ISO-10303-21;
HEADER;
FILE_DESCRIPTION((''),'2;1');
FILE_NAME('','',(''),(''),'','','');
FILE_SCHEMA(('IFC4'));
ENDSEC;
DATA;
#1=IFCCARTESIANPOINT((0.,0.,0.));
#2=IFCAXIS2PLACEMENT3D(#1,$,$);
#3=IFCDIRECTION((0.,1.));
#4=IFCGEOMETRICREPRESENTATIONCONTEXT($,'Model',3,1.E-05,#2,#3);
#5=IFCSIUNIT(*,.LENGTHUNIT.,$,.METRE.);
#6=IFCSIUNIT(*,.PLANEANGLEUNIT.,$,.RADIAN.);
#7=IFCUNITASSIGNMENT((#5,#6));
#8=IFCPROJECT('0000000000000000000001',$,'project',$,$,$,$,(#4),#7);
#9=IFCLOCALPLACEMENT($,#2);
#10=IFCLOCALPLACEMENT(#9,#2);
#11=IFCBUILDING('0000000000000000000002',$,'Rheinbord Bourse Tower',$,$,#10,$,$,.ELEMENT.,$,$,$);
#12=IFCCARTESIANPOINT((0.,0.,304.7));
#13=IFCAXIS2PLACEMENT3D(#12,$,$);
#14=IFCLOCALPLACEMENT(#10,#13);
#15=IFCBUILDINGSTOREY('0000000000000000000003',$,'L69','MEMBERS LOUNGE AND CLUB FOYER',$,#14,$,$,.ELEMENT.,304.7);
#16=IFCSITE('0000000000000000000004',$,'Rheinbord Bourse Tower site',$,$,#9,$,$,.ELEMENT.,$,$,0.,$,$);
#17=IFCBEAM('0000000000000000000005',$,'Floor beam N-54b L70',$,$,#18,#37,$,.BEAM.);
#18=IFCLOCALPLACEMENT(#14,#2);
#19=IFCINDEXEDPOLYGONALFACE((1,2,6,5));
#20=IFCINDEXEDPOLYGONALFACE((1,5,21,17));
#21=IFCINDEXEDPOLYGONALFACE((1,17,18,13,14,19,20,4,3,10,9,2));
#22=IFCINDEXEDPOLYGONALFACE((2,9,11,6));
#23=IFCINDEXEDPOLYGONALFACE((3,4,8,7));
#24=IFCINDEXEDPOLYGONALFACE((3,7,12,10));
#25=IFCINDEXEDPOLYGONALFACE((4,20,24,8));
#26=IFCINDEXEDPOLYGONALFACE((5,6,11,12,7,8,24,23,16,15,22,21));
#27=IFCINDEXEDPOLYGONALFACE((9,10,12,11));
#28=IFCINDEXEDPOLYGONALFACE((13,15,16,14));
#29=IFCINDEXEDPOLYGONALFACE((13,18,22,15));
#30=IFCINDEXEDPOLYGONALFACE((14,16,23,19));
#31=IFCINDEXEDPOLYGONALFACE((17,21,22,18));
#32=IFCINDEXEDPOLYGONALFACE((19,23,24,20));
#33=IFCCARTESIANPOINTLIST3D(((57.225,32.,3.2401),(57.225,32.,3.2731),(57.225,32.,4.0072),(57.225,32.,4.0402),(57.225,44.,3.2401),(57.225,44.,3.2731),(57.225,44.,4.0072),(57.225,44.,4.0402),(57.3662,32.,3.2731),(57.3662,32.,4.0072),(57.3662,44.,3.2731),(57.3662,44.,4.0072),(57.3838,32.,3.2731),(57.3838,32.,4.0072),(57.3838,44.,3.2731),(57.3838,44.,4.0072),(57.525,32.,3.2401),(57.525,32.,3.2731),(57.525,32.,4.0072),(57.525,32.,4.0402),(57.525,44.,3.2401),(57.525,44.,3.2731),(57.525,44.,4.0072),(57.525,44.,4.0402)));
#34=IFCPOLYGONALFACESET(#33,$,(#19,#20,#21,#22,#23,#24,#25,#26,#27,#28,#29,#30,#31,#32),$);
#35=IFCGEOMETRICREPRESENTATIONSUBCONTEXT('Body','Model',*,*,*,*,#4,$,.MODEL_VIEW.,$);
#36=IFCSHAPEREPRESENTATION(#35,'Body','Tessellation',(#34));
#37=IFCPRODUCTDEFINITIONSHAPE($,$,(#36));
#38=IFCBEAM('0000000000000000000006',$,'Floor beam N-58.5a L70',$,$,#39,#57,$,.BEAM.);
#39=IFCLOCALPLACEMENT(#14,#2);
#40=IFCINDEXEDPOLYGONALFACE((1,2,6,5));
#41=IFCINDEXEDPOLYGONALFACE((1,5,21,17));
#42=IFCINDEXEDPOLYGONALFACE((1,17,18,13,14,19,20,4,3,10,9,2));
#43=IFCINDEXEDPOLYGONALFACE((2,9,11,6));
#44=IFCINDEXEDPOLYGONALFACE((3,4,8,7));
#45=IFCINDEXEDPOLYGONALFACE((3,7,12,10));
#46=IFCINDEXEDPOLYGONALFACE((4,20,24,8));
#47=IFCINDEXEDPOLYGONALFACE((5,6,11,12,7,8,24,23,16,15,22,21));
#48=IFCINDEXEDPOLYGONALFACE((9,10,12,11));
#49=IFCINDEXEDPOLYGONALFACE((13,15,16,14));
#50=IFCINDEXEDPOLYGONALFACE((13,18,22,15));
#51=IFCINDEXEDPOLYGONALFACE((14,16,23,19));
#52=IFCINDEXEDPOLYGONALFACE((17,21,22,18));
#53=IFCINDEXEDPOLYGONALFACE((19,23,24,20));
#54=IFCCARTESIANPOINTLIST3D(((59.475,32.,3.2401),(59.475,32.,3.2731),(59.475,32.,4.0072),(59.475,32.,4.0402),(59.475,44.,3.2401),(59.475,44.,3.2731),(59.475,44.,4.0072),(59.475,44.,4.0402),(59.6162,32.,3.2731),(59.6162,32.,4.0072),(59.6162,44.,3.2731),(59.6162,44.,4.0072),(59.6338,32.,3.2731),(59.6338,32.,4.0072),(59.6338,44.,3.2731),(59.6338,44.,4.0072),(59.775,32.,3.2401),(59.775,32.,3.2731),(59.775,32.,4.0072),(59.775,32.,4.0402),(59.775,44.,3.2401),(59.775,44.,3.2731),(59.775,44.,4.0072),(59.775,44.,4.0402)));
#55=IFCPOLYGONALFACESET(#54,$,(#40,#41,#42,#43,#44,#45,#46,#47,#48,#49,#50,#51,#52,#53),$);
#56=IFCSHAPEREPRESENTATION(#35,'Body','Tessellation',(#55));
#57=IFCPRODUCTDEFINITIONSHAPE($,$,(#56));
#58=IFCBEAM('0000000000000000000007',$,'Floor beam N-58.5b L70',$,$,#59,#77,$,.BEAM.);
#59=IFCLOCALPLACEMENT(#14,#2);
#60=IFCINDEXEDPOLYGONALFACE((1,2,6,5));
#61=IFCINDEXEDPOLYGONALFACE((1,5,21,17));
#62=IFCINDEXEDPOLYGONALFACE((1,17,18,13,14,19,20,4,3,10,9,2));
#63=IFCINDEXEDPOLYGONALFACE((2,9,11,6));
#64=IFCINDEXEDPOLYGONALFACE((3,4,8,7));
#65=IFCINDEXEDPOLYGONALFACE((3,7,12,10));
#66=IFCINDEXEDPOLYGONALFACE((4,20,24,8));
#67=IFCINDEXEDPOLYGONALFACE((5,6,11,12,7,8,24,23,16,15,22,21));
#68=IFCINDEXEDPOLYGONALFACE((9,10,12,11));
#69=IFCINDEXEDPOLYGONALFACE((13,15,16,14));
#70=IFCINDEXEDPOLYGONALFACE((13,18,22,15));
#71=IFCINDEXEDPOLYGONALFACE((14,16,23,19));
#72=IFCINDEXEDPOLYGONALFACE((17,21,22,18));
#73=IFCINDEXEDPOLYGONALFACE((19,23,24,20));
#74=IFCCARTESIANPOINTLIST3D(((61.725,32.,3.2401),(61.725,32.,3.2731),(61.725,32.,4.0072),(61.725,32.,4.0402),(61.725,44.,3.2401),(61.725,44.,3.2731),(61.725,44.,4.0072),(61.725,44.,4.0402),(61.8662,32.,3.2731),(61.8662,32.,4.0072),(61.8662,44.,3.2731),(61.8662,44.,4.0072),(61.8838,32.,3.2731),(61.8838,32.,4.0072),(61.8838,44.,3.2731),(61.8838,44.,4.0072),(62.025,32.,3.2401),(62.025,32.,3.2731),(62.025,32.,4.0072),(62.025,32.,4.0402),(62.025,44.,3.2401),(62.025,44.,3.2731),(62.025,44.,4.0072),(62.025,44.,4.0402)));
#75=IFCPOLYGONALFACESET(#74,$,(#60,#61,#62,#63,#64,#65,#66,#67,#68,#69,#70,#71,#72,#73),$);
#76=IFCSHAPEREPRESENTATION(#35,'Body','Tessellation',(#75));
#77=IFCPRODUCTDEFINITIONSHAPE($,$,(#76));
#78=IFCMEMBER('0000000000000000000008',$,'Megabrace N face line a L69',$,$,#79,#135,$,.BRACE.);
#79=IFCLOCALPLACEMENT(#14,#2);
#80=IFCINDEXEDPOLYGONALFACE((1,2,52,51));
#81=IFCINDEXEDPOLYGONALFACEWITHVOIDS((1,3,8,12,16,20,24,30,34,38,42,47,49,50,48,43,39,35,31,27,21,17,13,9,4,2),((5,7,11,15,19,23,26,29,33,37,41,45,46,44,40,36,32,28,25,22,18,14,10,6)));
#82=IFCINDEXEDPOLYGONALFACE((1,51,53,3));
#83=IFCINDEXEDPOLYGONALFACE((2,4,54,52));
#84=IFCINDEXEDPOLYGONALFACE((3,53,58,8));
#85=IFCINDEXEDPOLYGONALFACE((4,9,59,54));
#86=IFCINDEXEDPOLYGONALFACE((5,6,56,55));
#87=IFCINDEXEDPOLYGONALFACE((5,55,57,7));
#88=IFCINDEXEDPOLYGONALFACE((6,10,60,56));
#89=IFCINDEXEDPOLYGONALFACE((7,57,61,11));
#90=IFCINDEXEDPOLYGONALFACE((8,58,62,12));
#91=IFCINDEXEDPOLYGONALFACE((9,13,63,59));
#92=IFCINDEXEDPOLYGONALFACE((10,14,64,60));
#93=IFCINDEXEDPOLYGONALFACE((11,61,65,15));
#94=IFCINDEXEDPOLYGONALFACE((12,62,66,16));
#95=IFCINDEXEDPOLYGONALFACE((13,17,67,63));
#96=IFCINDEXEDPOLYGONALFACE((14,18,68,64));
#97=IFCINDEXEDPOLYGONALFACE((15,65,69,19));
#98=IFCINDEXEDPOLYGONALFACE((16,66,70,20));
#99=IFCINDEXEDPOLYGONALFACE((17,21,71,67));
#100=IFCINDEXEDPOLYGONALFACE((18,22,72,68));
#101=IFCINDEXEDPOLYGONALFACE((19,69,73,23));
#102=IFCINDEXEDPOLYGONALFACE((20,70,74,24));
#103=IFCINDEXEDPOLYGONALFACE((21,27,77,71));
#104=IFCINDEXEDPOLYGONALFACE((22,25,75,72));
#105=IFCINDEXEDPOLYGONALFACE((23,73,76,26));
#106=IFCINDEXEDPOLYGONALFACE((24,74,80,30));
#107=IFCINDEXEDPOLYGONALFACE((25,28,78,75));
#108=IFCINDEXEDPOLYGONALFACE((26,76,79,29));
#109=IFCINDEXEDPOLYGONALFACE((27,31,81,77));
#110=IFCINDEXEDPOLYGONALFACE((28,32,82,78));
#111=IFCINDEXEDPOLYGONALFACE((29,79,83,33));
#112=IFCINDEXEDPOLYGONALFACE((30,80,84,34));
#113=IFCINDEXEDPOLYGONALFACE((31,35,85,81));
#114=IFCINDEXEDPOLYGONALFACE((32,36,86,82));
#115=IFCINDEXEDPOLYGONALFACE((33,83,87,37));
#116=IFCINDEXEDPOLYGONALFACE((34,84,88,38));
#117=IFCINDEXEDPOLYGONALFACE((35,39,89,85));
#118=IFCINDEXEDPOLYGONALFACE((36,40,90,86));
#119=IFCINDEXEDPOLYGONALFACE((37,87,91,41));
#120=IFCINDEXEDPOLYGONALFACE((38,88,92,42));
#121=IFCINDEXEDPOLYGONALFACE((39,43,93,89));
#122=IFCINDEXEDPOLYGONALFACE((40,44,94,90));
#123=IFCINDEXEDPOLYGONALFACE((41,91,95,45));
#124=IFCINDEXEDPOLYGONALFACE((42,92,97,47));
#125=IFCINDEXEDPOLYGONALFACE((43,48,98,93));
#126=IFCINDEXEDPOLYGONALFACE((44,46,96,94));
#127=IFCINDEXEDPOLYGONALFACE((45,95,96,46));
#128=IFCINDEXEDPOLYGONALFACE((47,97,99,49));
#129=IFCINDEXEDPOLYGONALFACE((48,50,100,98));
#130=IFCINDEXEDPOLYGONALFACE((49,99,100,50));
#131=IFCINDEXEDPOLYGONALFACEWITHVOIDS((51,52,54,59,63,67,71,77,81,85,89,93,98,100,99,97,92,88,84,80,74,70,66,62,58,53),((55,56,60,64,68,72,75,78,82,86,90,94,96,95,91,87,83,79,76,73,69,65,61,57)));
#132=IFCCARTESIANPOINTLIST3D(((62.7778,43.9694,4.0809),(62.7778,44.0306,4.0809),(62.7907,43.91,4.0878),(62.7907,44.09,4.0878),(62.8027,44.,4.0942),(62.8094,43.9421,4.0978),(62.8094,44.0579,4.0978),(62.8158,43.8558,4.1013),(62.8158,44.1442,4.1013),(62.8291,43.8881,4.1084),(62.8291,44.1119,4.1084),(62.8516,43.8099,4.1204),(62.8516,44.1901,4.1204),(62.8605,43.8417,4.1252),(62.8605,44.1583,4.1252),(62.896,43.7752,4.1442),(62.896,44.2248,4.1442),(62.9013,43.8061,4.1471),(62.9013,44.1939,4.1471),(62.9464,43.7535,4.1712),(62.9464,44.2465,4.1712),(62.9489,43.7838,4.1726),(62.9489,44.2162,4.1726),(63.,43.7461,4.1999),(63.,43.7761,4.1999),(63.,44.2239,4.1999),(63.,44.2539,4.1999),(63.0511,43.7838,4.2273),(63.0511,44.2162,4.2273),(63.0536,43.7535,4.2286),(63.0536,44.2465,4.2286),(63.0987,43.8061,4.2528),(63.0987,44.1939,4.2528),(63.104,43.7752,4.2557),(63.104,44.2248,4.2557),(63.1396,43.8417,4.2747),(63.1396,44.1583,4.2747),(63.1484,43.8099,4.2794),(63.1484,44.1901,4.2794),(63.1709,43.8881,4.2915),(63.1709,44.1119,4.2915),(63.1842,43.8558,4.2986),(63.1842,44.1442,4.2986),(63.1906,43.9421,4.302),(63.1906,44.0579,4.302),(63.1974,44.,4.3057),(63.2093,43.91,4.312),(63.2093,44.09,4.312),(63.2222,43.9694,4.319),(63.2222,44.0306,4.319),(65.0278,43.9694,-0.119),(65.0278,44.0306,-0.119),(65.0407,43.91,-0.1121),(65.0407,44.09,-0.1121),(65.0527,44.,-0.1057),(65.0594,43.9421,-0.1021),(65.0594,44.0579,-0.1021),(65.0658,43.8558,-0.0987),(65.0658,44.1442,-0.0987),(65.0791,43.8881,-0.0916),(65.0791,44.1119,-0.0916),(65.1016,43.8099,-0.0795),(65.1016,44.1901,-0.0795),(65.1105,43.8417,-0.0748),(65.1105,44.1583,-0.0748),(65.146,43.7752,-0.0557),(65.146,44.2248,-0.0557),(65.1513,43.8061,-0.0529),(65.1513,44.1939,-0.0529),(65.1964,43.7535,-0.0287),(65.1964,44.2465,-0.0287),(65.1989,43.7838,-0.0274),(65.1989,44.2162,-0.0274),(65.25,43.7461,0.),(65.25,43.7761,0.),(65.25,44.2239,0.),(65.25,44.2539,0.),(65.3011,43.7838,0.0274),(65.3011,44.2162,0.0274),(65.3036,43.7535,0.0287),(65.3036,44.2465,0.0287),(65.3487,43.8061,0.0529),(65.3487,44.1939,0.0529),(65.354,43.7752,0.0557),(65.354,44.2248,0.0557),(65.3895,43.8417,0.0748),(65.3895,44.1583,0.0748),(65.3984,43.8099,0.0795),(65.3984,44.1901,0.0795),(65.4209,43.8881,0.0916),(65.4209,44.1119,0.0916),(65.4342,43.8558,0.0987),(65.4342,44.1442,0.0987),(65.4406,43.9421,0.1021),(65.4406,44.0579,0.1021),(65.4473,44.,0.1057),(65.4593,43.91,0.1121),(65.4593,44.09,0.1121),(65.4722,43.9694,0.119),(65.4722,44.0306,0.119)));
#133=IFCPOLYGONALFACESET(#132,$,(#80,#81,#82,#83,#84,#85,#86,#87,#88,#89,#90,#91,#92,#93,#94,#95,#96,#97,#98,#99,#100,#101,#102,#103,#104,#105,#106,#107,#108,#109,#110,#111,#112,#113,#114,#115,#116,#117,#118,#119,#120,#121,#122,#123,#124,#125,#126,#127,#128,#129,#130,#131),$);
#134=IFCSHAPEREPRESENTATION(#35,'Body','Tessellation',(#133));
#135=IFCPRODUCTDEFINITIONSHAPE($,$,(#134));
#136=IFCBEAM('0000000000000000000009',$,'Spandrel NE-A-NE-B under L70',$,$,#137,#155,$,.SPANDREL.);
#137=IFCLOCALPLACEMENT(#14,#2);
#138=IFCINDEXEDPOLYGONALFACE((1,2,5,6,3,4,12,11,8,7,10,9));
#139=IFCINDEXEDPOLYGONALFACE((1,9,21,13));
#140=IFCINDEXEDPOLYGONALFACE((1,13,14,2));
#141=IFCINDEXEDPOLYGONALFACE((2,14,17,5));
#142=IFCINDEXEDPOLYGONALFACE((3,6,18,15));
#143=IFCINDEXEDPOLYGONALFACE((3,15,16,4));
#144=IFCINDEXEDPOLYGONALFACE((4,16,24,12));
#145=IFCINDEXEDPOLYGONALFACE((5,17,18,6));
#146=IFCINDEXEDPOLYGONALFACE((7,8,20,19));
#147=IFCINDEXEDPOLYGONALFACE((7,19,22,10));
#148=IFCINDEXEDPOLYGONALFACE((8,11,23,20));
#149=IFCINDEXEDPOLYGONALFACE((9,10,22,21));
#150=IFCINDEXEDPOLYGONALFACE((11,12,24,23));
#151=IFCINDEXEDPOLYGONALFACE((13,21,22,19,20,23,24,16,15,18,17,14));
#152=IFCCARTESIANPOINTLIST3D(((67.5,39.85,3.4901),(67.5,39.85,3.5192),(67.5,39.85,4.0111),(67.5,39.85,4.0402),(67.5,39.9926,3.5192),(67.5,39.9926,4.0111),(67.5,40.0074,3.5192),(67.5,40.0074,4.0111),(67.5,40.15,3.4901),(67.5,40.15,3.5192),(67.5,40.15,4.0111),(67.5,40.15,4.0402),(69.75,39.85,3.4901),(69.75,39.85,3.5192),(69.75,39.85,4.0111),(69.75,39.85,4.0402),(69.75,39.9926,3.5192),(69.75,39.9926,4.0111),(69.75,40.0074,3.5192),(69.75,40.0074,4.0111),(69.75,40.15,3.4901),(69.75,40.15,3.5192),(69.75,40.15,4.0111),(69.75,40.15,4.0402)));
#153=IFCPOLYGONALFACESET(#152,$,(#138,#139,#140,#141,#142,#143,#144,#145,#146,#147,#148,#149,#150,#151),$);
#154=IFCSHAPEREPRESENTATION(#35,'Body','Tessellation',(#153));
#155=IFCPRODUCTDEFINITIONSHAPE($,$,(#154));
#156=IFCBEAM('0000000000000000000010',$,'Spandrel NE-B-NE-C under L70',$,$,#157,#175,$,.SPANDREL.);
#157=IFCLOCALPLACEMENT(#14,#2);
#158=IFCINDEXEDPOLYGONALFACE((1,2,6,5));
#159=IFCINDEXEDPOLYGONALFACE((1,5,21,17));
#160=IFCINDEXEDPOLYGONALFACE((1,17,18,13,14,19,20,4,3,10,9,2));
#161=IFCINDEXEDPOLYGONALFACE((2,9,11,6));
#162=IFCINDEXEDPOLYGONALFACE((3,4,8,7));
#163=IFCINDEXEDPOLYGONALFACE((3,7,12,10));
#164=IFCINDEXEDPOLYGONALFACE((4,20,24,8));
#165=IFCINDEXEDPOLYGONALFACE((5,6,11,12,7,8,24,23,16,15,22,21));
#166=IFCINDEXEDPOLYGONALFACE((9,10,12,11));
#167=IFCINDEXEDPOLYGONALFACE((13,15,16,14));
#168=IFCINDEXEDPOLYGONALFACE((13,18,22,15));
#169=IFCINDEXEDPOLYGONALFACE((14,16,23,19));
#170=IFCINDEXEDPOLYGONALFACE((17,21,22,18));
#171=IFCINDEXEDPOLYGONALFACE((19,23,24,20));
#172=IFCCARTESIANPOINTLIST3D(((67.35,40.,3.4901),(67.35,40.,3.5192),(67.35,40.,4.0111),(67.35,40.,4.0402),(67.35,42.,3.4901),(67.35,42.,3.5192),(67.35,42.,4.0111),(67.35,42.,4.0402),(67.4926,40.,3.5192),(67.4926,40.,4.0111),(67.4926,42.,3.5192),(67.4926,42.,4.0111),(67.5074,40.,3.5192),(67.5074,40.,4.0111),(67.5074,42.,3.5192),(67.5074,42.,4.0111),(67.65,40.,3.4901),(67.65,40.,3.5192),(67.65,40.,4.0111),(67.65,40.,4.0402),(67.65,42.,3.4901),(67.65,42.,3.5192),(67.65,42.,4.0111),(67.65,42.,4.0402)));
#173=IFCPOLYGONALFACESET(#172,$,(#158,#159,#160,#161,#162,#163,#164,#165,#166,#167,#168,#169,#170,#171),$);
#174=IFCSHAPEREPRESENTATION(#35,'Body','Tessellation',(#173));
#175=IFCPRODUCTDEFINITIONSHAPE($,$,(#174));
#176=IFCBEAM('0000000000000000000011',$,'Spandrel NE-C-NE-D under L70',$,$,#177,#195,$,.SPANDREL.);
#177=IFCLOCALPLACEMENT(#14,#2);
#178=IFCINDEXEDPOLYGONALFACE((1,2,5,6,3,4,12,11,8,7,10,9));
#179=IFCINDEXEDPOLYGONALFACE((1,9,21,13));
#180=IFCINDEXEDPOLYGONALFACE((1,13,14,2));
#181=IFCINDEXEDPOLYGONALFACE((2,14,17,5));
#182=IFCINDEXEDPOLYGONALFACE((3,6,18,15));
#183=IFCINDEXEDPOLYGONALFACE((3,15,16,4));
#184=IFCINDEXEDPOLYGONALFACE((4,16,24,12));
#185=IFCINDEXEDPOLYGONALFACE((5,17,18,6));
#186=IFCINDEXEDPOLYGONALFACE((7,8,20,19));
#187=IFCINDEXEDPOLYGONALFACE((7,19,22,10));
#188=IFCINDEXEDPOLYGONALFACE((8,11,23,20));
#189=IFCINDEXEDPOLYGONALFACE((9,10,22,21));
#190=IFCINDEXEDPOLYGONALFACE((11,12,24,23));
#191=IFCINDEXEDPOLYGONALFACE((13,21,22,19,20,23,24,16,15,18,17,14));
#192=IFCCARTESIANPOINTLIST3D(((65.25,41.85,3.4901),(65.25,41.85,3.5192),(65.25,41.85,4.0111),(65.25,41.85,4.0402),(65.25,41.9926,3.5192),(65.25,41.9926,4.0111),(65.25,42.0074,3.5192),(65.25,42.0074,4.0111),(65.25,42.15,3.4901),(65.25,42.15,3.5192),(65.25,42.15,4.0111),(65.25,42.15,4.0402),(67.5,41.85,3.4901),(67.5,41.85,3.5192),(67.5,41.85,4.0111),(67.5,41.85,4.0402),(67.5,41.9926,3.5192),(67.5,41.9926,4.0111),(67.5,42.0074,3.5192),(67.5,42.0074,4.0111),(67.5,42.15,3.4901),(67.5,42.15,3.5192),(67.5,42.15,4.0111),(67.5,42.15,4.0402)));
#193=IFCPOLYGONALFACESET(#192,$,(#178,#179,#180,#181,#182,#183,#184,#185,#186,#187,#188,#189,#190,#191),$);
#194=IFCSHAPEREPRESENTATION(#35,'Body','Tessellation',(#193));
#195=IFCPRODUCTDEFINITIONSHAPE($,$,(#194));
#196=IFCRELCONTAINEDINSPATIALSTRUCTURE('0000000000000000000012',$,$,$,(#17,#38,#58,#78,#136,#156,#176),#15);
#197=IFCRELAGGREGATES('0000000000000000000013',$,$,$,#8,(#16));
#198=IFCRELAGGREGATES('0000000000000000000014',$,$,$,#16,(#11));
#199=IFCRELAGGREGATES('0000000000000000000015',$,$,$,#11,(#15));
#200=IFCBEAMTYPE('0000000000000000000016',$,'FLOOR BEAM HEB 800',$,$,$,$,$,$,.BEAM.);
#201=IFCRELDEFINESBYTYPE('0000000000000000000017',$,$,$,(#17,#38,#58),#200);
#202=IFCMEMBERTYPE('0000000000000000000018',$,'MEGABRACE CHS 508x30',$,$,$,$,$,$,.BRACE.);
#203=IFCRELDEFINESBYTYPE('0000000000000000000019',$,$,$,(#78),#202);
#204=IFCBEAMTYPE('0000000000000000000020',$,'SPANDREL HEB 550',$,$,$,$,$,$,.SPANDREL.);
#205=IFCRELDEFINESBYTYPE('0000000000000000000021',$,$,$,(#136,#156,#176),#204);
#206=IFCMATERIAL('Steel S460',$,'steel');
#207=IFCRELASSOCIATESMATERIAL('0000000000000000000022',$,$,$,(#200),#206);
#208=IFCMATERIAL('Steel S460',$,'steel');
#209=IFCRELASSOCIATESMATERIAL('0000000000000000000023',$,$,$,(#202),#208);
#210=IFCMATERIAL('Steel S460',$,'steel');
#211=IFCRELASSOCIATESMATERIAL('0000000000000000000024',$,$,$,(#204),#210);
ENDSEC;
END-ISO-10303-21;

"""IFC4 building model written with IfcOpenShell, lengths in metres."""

from ifc_helpers import new_model, si_unit, direction, frame, origin, origin_2d, place, context, subcontext, project, spatial, hollow_circle, i_section, extrude, material, material_profile, profile_set, type_object, element, save


model = new_model("IFC4")

# Units and contexts
model_context = context("Model", 3, precision=1e-05, world=origin(), true_north=direction((0.0, 1.0)))
body_context = subcontext(model_context, "Body", "Model", "MODEL_VIEW")
ifc_project = project(units=[si_unit("LENGTHUNIT", "METRE"), si_unit("PLANEANGLEUNIT", "RADIAN")], contexts=[model_context])

# Site, building, storey
site_placement = place(None, origin())
site = spatial("IfcSite", under=ifc_project, at=site_placement, Name="Rheinbord Bourse Tower site", CompositionType="ELEMENT", RefElevation=0.0)
building_placement = place(site_placement, origin())
building = spatial("IfcBuilding", under=site, at=building_placement, Name="Rheinbord Bourse Tower", CompositionType="ELEMENT")
storey_placement = place(building_placement, frame((0.0, 0.0, 304.7)))
storey = spatial("IfcBuildingStorey", under=building, at=storey_placement, Name="L69", Description="MEMBERS LOUNGE AND CLUB FOYER", CompositionType="ELEMENT", Elevation=304.7)

# Beams
ifc_material_1 = material(Name="Steel S460", Category="steel")
ifc_material_profile_1 = material_profile(ifc_material_1, i_section(OverallWidth=0.3, OverallDepth=0.8, WebThickness=0.0176, FlangeThickness=0.033, at=origin_2d()), Name="HEB 800")
ifc_profile_set_1 = profile_set([ifc_material_profile_1], Name="Steel S460")
beam_type_1 = type_object("IfcBeamType", Name="FLOOR BEAM HEB 800", PredefinedType="BEAM", material=ifc_profile_set_1)
for number, where, z_axis, x_axis, name in (
    (1, (57.375, 44.0, 3.6401), (0.0, -1.0, 0.0), (1.0, 0.0, 0.0), "Floor beam N-54b L70"),
    (2, (59.625, 44.0, 3.6401), (0.0, -1.0, 0.0), (1.0, 0.0, 0.0), "Floor beam N-58.5a L70"),
    (3, (61.875, 44.0, 3.6401), (0.0, -1.0, 0.0), (1.0, 0.0, 0.0), "Floor beam N-58.5b L70"),
):
    element("IfcBeam", number, at=place(storey_placement, frame(where, z_axis=z_axis, x_axis=x_axis)), inside=storey, type_object=beam_type_1, Name=name, PredefinedType="BEAM", context=body_context, shape_type="SweptSolid", body=[
        extrude(i_section(OverallWidth=0.3, OverallDepth=0.8, WebThickness=0.0176, FlangeThickness=0.033, at=origin_2d()), origin(), (0.0, 0.0, 1.0), 12.0),
    ])

# Member
ifc_material_2 = material(Name="Steel S460", Category="steel")
ifc_material_profile_2 = material_profile(ifc_material_2, hollow_circle(Radius=0.2539, WallThickness=0.03, at=origin_2d()), Name="CHS 508x30")
ifc_profile_set_2 = profile_set([ifc_material_profile_2], Name="Steel S460")
member_type_1 = type_object("IfcMemberType", Name="MEGABRACE CHS 508x30", PredefinedType="BRACE", material=ifc_profile_set_2)
member_1_placement = place(storey_placement, frame((65.25, 44.0, 0.0), z_axis=(-0.472226, 0.0, 0.881478), x_axis=(0.0, -1.0, 0.0)))
element("IfcMember", 4, at=member_1_placement, inside=storey, type_object=member_type_1, Name="Megabrace N face line a L69", PredefinedType="BRACE", context=body_context, shape_type="SweptSolid", body=[
    extrude(hollow_circle(Radius=0.2539, WallThickness=0.03, at=origin_2d()), origin(), (0.0, 0.0, 1.0), 4.7646),
])

# Beams
ifc_material_3 = material(Name="Steel S460", Category="steel")
ifc_material_profile_3 = material_profile(ifc_material_3, i_section(OverallWidth=0.3, OverallDepth=0.55, WebThickness=0.0149, FlangeThickness=0.0291, at=origin_2d()), Name="HEB 550")
ifc_profile_set_3 = profile_set([ifc_material_profile_3], Name="Steel S460")
beam_type_2 = type_object("IfcBeamType", Name="SPANDREL HEB 550", PredefinedType="SPANDREL", material=ifc_profile_set_3)
beam_1_placement = place(storey_placement, frame((69.75, 40.0, 3.7651), z_axis=(-1.0, 0.0, 0.0), x_axis=(0.0, -1.0, 0.0)))
element("IfcBeam", 5, at=beam_1_placement, inside=storey, type_object=beam_type_2, Name="Spandrel NE-A-NE-B under L70", PredefinedType="SPANDREL", context=body_context, shape_type="SweptSolid", body=[
    extrude(i_section(OverallWidth=0.3, OverallDepth=0.55, WebThickness=0.0149, FlangeThickness=0.0291, at=origin_2d()), origin(), (0.0, 0.0, 1.0), 2.25),
])
beam_2_placement = place(storey_placement, frame((67.5, 40.0, 3.7651), z_axis=(0.0, 1.0, 0.0), x_axis=(-1.0, 0.0, 0.0)))
element("IfcBeam", 6, at=beam_2_placement, inside=storey, type_object=beam_type_2, Name="Spandrel NE-B-NE-C under L70", PredefinedType="SPANDREL", context=body_context, shape_type="SweptSolid", body=[
    extrude(i_section(OverallWidth=0.3, OverallDepth=0.55, WebThickness=0.0149, FlangeThickness=0.0291, at=origin_2d()), origin(), (0.0, 0.0, 1.0), 2.0),
])
beam_3_placement = place(storey_placement, frame((67.5, 42.0, 3.7651), z_axis=(-1.0, 0.0, 0.0), x_axis=(0.0, -1.0, 0.0)))
element("IfcBeam", 7, at=beam_3_placement, inside=storey, type_object=beam_type_2, Name="Spandrel NE-C-NE-D under L70", PredefinedType="SPANDREL", context=body_context, shape_type="SweptSolid", body=[
    extrude(i_section(OverallWidth=0.3, OverallDepth=0.55, WebThickness=0.0149, FlangeThickness=0.0291, at=origin_2d()), origin(), (0.0, 0.0, 1.0), 2.25),
])

save(model, "model.ifc")
